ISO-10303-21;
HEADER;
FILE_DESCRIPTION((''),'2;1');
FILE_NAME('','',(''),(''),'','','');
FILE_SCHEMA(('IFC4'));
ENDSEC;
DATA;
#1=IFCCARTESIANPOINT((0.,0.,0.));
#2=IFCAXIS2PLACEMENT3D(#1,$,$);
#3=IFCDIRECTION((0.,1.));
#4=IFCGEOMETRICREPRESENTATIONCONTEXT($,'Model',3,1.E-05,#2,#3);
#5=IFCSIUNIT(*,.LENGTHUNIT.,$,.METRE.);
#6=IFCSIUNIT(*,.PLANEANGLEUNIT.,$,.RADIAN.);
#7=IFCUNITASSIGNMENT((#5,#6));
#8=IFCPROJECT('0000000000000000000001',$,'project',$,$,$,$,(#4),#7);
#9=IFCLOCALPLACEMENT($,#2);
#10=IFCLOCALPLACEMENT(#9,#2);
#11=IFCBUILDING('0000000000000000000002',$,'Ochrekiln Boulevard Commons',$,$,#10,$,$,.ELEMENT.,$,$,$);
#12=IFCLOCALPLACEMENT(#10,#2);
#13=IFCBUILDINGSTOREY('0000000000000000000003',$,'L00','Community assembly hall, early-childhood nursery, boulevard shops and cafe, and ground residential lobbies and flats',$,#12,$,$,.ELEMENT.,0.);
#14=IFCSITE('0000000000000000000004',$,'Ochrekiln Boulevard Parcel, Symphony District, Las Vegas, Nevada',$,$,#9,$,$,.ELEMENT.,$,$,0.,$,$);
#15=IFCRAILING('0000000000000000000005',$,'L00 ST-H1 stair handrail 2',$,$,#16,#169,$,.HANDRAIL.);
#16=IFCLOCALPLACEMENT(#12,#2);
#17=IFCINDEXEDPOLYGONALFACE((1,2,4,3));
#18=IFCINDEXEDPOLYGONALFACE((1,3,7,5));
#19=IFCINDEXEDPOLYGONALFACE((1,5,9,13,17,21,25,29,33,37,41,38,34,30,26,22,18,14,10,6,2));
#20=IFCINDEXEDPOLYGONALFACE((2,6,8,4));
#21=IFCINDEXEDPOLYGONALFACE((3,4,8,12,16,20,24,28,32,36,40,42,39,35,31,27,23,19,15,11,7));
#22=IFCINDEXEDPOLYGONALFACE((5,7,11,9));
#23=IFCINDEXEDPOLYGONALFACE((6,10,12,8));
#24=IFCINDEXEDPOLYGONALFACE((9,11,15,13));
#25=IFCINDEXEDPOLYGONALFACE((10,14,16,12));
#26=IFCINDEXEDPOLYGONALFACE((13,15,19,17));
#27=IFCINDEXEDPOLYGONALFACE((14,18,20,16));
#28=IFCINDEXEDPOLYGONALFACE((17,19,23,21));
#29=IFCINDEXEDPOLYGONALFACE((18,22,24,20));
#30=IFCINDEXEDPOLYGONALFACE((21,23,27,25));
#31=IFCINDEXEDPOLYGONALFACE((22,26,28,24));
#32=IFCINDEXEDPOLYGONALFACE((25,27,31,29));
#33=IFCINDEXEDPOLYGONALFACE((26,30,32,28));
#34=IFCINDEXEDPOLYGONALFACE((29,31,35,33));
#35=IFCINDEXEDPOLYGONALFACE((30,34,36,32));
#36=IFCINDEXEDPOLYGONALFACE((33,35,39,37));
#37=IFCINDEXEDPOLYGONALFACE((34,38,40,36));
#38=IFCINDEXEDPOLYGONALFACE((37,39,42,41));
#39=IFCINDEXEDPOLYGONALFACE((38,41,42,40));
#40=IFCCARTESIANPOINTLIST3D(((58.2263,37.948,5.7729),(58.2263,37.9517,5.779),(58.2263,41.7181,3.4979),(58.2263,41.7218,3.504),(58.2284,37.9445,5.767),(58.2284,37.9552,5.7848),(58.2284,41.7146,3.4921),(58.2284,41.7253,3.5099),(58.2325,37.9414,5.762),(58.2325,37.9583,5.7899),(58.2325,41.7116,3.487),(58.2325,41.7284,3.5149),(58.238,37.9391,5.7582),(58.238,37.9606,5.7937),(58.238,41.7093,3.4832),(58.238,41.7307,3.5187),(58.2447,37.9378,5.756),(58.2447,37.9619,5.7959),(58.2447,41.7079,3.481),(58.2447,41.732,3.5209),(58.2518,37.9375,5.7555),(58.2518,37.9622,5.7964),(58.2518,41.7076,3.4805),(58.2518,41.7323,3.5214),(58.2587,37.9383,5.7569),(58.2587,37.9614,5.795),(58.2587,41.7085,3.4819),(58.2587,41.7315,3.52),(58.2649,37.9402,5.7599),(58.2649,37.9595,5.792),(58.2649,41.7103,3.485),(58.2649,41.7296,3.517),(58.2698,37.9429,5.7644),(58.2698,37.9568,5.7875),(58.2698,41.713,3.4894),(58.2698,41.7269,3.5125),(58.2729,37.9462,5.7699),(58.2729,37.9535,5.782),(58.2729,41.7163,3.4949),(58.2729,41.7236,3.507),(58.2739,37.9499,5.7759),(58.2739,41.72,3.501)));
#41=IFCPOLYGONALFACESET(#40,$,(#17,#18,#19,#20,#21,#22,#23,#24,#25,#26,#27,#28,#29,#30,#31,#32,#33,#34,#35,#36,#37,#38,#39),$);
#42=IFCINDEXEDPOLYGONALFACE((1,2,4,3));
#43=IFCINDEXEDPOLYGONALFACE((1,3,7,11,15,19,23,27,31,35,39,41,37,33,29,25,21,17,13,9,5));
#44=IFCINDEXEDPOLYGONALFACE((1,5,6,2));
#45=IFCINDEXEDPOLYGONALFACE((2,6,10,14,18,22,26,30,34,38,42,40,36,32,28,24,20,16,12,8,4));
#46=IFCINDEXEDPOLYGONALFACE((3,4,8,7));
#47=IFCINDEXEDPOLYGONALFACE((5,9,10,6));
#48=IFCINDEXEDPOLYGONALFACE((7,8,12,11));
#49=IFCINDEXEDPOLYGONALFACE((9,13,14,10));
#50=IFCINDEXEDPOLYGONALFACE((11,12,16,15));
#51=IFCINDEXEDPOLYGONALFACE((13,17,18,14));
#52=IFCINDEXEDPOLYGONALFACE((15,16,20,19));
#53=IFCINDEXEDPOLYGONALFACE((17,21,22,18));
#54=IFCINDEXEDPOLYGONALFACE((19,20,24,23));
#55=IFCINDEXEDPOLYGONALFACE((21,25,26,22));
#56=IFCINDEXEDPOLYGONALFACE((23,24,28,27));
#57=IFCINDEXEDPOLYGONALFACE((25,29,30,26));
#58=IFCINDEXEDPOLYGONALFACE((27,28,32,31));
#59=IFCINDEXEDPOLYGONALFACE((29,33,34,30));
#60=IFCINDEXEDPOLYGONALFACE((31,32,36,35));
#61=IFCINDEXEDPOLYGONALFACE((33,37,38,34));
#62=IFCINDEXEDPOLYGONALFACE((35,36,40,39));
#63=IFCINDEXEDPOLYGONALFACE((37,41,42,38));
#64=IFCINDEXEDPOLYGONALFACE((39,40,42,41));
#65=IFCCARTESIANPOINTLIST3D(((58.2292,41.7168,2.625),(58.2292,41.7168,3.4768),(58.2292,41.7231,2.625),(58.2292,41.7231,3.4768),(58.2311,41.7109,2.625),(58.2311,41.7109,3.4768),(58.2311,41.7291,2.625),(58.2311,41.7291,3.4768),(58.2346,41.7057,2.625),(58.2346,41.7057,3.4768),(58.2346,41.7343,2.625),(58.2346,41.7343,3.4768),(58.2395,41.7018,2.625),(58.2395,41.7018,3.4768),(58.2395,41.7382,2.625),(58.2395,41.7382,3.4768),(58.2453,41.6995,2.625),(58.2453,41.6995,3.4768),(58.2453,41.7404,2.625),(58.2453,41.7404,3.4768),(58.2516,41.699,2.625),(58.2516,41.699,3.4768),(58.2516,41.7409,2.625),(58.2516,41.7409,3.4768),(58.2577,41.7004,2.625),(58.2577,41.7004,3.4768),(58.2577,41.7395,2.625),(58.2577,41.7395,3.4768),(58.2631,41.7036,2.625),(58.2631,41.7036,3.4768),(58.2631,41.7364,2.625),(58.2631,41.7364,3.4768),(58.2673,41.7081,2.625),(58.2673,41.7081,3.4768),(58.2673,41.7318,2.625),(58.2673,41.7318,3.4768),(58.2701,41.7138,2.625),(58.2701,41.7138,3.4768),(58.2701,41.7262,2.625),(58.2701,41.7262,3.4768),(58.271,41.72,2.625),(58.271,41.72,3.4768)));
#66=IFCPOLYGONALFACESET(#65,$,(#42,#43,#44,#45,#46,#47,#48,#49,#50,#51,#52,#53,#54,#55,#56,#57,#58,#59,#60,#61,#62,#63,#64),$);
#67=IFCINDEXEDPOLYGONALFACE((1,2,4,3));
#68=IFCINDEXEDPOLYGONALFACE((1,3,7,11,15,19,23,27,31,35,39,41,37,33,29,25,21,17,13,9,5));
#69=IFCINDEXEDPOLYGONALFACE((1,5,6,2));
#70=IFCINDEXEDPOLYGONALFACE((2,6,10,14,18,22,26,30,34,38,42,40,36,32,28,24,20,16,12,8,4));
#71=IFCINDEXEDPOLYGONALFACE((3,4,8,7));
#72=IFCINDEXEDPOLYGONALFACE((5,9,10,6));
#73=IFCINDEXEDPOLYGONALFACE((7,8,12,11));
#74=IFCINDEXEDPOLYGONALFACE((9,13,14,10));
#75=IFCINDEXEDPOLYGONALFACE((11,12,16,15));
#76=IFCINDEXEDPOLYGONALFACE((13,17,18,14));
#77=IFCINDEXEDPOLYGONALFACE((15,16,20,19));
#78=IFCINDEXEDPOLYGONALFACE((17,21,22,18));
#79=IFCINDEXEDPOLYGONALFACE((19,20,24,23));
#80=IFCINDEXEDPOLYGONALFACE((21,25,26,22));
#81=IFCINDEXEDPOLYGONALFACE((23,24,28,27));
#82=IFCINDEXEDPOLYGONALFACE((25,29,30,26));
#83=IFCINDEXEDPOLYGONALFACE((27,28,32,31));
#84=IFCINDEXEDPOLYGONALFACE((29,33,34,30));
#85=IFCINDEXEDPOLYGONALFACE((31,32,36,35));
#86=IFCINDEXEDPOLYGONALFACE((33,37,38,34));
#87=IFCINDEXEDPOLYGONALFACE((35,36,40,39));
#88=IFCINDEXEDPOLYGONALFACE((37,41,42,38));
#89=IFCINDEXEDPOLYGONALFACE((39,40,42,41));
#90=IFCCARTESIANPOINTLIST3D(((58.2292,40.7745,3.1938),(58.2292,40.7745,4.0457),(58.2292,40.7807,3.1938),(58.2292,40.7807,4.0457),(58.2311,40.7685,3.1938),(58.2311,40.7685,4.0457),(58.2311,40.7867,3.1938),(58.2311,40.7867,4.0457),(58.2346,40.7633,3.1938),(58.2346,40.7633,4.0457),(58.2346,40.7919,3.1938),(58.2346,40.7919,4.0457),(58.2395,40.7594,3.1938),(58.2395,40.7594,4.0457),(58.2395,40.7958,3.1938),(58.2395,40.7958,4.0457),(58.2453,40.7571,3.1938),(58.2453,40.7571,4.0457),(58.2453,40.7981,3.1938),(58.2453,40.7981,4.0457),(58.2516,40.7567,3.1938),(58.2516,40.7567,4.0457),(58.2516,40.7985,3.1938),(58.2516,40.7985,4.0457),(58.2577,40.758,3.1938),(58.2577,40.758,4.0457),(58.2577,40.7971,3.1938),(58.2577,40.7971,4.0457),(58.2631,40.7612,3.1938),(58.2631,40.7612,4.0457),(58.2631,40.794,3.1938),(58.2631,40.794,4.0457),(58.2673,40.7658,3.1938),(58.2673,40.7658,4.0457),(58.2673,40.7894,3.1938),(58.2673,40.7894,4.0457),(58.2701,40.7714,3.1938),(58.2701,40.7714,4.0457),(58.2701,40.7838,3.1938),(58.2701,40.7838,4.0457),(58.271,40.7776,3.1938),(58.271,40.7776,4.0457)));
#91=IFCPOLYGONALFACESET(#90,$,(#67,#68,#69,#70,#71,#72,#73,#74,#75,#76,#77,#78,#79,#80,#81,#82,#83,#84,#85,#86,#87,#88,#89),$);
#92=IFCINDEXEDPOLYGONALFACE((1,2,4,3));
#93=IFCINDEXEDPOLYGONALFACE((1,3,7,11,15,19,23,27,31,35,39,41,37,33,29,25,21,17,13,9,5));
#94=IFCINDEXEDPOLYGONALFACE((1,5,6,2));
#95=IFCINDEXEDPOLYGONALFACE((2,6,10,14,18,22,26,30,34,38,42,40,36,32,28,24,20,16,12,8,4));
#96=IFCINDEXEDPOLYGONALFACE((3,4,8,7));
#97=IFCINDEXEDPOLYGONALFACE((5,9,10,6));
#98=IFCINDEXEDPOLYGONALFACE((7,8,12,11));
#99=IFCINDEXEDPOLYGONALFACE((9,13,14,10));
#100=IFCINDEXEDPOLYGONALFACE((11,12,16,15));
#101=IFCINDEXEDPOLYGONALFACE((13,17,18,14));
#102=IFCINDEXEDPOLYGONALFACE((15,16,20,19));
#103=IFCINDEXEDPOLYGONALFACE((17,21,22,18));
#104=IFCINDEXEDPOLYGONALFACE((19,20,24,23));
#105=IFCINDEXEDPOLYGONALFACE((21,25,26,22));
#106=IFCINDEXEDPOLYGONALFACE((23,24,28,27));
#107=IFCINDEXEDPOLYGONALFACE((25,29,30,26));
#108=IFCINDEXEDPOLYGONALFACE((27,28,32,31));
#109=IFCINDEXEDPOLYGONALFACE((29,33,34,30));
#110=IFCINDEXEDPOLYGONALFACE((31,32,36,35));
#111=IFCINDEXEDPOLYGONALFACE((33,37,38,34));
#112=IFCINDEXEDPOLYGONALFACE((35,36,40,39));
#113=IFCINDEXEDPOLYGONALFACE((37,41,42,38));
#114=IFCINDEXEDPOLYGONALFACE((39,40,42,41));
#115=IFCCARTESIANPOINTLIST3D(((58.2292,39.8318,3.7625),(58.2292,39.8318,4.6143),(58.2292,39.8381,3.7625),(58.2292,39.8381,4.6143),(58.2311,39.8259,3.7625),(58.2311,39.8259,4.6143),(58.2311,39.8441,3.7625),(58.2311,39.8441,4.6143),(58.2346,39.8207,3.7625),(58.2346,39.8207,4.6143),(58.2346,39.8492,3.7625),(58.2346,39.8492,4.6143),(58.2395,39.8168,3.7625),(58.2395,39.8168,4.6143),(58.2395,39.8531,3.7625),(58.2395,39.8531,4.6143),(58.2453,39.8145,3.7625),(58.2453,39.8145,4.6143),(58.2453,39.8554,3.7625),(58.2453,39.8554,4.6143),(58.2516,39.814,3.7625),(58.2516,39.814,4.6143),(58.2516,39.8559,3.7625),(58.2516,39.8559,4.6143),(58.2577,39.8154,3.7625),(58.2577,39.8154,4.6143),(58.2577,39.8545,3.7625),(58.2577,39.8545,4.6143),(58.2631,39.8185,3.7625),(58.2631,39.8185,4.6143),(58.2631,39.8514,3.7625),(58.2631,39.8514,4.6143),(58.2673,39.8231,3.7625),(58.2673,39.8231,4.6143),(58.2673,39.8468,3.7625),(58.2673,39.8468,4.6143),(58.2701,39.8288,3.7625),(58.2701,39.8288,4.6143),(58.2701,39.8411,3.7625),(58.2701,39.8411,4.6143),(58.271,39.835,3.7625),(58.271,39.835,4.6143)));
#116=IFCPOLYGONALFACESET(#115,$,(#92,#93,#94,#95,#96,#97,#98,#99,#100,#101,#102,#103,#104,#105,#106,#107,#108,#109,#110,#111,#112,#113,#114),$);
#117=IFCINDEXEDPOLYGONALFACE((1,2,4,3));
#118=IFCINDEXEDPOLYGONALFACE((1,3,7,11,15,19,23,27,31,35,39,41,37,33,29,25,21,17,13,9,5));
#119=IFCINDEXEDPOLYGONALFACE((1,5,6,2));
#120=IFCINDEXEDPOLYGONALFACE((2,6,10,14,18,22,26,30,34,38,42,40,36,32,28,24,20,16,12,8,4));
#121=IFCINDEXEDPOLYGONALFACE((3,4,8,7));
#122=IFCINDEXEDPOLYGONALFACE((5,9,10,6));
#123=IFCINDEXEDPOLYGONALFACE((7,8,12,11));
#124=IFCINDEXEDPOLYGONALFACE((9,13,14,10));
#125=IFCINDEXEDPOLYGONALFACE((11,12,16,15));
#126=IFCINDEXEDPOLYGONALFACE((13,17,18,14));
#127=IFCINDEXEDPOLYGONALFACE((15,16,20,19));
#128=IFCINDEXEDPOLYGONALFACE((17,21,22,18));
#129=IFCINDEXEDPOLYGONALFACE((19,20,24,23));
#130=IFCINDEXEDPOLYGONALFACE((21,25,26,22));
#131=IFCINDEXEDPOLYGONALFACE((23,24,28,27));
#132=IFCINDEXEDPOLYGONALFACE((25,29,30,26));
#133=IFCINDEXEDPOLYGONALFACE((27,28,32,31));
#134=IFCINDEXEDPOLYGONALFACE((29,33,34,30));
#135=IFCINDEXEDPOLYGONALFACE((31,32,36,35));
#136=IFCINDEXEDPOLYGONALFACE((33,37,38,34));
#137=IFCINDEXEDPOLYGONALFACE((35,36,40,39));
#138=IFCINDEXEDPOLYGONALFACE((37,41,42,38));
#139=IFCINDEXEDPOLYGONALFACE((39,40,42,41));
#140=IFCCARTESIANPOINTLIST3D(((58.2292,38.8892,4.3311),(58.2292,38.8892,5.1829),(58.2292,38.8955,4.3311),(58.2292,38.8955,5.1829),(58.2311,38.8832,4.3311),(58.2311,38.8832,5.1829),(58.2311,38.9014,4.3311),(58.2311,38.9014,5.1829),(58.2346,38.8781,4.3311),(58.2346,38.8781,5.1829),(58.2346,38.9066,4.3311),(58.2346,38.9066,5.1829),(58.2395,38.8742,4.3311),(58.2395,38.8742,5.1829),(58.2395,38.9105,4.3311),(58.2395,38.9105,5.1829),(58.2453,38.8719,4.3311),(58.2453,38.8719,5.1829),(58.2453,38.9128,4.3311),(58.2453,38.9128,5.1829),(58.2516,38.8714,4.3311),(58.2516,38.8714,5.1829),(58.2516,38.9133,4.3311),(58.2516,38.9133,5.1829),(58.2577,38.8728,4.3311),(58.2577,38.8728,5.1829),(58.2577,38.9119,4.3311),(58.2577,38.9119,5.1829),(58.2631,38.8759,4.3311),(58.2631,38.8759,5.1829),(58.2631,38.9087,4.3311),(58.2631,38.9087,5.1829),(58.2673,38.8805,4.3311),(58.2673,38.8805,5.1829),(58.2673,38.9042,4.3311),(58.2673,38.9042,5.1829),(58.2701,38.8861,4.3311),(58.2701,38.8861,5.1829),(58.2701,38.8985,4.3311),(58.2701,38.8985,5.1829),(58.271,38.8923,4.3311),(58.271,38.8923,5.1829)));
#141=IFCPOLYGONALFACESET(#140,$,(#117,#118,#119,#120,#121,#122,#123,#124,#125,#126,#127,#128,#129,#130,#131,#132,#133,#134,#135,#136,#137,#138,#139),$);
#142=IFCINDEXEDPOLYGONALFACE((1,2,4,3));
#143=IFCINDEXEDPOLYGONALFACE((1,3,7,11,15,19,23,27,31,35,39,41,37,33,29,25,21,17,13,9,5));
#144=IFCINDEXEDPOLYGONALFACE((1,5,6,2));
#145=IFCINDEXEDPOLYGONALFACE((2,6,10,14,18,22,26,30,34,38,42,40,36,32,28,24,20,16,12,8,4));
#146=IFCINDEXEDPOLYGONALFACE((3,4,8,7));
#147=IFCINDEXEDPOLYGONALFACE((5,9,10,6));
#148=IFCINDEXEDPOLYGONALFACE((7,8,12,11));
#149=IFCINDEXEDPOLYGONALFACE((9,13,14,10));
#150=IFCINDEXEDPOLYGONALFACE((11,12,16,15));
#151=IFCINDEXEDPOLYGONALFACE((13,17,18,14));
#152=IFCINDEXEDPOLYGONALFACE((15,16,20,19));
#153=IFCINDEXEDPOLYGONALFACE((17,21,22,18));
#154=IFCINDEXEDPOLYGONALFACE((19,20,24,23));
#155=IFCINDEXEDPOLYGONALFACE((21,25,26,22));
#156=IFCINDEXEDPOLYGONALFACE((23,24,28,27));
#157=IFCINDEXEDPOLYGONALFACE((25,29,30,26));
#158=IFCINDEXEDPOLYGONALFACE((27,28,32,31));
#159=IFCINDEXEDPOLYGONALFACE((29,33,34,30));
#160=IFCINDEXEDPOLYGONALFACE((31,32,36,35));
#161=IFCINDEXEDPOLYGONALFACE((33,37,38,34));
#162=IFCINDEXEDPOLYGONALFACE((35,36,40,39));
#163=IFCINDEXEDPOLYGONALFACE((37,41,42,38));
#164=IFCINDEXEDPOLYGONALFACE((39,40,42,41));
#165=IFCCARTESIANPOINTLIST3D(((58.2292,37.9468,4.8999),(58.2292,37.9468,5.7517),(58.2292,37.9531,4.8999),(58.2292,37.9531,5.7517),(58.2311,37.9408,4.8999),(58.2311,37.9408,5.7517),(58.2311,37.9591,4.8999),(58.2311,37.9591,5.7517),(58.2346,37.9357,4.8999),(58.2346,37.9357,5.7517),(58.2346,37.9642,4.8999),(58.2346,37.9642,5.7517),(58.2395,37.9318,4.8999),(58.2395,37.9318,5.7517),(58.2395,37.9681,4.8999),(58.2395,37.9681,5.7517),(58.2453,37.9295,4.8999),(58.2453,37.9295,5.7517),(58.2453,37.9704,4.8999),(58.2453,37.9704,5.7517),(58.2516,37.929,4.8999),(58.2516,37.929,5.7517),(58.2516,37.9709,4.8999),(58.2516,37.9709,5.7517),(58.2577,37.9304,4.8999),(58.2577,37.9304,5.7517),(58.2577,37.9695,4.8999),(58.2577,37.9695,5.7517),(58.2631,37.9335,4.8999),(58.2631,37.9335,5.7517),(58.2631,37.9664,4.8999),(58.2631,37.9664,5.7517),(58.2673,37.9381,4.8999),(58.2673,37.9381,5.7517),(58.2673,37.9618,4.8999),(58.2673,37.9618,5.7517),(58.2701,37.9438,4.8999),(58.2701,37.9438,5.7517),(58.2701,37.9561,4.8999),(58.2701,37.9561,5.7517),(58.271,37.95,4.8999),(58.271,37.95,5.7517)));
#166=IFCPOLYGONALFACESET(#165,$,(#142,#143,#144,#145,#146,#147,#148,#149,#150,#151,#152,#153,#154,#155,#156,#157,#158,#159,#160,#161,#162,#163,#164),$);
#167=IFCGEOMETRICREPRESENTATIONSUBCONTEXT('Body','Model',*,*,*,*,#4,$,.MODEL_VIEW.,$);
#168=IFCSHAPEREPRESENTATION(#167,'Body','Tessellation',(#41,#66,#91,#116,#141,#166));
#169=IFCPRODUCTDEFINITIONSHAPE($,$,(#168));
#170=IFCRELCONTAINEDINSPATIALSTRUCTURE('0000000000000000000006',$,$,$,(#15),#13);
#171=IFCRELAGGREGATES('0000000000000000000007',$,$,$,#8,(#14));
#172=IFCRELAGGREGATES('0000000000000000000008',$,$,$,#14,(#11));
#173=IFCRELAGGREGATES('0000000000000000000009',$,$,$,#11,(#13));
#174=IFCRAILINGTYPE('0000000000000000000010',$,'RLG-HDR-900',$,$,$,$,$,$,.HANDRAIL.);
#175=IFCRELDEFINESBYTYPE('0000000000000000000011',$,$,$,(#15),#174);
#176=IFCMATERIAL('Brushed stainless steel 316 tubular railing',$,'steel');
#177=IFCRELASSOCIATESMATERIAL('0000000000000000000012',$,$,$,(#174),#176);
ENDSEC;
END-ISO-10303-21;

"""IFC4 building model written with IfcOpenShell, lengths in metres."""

from ifc_helpers import new_model, si_unit, direction, frame, origin, origin_2d, place, context, subcontext, project, spatial, circle, extrude, material, type_object, element, save


model = new_model("IFC4")

# Units and contexts
model_context = context("Model", 3, precision=1e-05, world=origin(), true_north=direction((0.0, 1.0)))
body_context = subcontext(model_context, "Body", "Model", "MODEL_VIEW")
ifc_project = project(units=[si_unit("LENGTHUNIT", "METRE"), si_unit("PLANEANGLEUNIT", "RADIAN")], contexts=[model_context])

# Site, building, storey
site_placement = place(None, origin())
site = spatial("IfcSite", under=ifc_project, at=site_placement, Name="Ochrekiln Boulevard Parcel, Symphony District, Las Vegas, Nevada", CompositionType="ELEMENT", RefElevation=0.0)
building_placement = place(site_placement, origin())
building = spatial("IfcBuilding", under=site, at=building_placement, Name="Ochrekiln Boulevard Commons", CompositionType="ELEMENT")
storey_placement = place(building_placement, origin())
storey = spatial("IfcBuildingStorey", under=building, at=storey_placement, Name="L00", Description="Community assembly hall, early-childhood nursery, boulevard shops and cafe, and ground residential lobbies and flats", CompositionType="ELEMENT", Elevation=0.0)

# Railing
ifc_material_1 = material(Name="Brushed stainless steel 316 tubular railing", Category="steel")
railing_type_1 = type_object("IfcRailingType", Name="RLG-HDR-900", PredefinedType="HANDRAIL", material=ifc_material_1)
railing_1_placement = place(storey_placement, frame((58.25, 41.72, 2.625)))
element("IfcRailing", 1, at=railing_1_placement, inside=storey, type_object=railing_type_1, Name="L00 ST-H1 stair handrail 2", PredefinedType="HANDRAIL", context=body_context, shape_type="SweptSolid", body=[
    extrude(circle(Radius=0.0239, at=origin_2d()), frame((0.0, 0.0, 0.876), z_axis=(0.0, -0.856199, 0.516647), x_axis=(1.0, 0.0, 0.0)), (0.0, 0.0, 1.0), 4.4033),
    extrude(circle(Radius=0.021, at=origin_2d()), origin(), (0.0, 0.0, 1.0), 0.8518),
    extrude(circle(Radius=0.021, at=origin_2d()), frame((0.0, -0.9424, 0.5688)), (0.0, 0.0, 1.0), 0.8518),
    extrude(circle(Radius=0.021, at=origin_2d()), frame((0.0, -1.885, 1.1375)), (0.0, 0.0, 1.0), 0.8518),
    extrude(circle(Radius=0.021, at=origin_2d()), frame((0.0, -2.8276, 1.7061)), (0.0, 0.0, 1.0), 0.8518),
    extrude(circle(Radius=0.021, at=origin_2d()), frame((0.0, -3.77, 2.2749)), (0.0, 0.0, 1.0), 0.8518),
])

save(model, "model.ifc")
